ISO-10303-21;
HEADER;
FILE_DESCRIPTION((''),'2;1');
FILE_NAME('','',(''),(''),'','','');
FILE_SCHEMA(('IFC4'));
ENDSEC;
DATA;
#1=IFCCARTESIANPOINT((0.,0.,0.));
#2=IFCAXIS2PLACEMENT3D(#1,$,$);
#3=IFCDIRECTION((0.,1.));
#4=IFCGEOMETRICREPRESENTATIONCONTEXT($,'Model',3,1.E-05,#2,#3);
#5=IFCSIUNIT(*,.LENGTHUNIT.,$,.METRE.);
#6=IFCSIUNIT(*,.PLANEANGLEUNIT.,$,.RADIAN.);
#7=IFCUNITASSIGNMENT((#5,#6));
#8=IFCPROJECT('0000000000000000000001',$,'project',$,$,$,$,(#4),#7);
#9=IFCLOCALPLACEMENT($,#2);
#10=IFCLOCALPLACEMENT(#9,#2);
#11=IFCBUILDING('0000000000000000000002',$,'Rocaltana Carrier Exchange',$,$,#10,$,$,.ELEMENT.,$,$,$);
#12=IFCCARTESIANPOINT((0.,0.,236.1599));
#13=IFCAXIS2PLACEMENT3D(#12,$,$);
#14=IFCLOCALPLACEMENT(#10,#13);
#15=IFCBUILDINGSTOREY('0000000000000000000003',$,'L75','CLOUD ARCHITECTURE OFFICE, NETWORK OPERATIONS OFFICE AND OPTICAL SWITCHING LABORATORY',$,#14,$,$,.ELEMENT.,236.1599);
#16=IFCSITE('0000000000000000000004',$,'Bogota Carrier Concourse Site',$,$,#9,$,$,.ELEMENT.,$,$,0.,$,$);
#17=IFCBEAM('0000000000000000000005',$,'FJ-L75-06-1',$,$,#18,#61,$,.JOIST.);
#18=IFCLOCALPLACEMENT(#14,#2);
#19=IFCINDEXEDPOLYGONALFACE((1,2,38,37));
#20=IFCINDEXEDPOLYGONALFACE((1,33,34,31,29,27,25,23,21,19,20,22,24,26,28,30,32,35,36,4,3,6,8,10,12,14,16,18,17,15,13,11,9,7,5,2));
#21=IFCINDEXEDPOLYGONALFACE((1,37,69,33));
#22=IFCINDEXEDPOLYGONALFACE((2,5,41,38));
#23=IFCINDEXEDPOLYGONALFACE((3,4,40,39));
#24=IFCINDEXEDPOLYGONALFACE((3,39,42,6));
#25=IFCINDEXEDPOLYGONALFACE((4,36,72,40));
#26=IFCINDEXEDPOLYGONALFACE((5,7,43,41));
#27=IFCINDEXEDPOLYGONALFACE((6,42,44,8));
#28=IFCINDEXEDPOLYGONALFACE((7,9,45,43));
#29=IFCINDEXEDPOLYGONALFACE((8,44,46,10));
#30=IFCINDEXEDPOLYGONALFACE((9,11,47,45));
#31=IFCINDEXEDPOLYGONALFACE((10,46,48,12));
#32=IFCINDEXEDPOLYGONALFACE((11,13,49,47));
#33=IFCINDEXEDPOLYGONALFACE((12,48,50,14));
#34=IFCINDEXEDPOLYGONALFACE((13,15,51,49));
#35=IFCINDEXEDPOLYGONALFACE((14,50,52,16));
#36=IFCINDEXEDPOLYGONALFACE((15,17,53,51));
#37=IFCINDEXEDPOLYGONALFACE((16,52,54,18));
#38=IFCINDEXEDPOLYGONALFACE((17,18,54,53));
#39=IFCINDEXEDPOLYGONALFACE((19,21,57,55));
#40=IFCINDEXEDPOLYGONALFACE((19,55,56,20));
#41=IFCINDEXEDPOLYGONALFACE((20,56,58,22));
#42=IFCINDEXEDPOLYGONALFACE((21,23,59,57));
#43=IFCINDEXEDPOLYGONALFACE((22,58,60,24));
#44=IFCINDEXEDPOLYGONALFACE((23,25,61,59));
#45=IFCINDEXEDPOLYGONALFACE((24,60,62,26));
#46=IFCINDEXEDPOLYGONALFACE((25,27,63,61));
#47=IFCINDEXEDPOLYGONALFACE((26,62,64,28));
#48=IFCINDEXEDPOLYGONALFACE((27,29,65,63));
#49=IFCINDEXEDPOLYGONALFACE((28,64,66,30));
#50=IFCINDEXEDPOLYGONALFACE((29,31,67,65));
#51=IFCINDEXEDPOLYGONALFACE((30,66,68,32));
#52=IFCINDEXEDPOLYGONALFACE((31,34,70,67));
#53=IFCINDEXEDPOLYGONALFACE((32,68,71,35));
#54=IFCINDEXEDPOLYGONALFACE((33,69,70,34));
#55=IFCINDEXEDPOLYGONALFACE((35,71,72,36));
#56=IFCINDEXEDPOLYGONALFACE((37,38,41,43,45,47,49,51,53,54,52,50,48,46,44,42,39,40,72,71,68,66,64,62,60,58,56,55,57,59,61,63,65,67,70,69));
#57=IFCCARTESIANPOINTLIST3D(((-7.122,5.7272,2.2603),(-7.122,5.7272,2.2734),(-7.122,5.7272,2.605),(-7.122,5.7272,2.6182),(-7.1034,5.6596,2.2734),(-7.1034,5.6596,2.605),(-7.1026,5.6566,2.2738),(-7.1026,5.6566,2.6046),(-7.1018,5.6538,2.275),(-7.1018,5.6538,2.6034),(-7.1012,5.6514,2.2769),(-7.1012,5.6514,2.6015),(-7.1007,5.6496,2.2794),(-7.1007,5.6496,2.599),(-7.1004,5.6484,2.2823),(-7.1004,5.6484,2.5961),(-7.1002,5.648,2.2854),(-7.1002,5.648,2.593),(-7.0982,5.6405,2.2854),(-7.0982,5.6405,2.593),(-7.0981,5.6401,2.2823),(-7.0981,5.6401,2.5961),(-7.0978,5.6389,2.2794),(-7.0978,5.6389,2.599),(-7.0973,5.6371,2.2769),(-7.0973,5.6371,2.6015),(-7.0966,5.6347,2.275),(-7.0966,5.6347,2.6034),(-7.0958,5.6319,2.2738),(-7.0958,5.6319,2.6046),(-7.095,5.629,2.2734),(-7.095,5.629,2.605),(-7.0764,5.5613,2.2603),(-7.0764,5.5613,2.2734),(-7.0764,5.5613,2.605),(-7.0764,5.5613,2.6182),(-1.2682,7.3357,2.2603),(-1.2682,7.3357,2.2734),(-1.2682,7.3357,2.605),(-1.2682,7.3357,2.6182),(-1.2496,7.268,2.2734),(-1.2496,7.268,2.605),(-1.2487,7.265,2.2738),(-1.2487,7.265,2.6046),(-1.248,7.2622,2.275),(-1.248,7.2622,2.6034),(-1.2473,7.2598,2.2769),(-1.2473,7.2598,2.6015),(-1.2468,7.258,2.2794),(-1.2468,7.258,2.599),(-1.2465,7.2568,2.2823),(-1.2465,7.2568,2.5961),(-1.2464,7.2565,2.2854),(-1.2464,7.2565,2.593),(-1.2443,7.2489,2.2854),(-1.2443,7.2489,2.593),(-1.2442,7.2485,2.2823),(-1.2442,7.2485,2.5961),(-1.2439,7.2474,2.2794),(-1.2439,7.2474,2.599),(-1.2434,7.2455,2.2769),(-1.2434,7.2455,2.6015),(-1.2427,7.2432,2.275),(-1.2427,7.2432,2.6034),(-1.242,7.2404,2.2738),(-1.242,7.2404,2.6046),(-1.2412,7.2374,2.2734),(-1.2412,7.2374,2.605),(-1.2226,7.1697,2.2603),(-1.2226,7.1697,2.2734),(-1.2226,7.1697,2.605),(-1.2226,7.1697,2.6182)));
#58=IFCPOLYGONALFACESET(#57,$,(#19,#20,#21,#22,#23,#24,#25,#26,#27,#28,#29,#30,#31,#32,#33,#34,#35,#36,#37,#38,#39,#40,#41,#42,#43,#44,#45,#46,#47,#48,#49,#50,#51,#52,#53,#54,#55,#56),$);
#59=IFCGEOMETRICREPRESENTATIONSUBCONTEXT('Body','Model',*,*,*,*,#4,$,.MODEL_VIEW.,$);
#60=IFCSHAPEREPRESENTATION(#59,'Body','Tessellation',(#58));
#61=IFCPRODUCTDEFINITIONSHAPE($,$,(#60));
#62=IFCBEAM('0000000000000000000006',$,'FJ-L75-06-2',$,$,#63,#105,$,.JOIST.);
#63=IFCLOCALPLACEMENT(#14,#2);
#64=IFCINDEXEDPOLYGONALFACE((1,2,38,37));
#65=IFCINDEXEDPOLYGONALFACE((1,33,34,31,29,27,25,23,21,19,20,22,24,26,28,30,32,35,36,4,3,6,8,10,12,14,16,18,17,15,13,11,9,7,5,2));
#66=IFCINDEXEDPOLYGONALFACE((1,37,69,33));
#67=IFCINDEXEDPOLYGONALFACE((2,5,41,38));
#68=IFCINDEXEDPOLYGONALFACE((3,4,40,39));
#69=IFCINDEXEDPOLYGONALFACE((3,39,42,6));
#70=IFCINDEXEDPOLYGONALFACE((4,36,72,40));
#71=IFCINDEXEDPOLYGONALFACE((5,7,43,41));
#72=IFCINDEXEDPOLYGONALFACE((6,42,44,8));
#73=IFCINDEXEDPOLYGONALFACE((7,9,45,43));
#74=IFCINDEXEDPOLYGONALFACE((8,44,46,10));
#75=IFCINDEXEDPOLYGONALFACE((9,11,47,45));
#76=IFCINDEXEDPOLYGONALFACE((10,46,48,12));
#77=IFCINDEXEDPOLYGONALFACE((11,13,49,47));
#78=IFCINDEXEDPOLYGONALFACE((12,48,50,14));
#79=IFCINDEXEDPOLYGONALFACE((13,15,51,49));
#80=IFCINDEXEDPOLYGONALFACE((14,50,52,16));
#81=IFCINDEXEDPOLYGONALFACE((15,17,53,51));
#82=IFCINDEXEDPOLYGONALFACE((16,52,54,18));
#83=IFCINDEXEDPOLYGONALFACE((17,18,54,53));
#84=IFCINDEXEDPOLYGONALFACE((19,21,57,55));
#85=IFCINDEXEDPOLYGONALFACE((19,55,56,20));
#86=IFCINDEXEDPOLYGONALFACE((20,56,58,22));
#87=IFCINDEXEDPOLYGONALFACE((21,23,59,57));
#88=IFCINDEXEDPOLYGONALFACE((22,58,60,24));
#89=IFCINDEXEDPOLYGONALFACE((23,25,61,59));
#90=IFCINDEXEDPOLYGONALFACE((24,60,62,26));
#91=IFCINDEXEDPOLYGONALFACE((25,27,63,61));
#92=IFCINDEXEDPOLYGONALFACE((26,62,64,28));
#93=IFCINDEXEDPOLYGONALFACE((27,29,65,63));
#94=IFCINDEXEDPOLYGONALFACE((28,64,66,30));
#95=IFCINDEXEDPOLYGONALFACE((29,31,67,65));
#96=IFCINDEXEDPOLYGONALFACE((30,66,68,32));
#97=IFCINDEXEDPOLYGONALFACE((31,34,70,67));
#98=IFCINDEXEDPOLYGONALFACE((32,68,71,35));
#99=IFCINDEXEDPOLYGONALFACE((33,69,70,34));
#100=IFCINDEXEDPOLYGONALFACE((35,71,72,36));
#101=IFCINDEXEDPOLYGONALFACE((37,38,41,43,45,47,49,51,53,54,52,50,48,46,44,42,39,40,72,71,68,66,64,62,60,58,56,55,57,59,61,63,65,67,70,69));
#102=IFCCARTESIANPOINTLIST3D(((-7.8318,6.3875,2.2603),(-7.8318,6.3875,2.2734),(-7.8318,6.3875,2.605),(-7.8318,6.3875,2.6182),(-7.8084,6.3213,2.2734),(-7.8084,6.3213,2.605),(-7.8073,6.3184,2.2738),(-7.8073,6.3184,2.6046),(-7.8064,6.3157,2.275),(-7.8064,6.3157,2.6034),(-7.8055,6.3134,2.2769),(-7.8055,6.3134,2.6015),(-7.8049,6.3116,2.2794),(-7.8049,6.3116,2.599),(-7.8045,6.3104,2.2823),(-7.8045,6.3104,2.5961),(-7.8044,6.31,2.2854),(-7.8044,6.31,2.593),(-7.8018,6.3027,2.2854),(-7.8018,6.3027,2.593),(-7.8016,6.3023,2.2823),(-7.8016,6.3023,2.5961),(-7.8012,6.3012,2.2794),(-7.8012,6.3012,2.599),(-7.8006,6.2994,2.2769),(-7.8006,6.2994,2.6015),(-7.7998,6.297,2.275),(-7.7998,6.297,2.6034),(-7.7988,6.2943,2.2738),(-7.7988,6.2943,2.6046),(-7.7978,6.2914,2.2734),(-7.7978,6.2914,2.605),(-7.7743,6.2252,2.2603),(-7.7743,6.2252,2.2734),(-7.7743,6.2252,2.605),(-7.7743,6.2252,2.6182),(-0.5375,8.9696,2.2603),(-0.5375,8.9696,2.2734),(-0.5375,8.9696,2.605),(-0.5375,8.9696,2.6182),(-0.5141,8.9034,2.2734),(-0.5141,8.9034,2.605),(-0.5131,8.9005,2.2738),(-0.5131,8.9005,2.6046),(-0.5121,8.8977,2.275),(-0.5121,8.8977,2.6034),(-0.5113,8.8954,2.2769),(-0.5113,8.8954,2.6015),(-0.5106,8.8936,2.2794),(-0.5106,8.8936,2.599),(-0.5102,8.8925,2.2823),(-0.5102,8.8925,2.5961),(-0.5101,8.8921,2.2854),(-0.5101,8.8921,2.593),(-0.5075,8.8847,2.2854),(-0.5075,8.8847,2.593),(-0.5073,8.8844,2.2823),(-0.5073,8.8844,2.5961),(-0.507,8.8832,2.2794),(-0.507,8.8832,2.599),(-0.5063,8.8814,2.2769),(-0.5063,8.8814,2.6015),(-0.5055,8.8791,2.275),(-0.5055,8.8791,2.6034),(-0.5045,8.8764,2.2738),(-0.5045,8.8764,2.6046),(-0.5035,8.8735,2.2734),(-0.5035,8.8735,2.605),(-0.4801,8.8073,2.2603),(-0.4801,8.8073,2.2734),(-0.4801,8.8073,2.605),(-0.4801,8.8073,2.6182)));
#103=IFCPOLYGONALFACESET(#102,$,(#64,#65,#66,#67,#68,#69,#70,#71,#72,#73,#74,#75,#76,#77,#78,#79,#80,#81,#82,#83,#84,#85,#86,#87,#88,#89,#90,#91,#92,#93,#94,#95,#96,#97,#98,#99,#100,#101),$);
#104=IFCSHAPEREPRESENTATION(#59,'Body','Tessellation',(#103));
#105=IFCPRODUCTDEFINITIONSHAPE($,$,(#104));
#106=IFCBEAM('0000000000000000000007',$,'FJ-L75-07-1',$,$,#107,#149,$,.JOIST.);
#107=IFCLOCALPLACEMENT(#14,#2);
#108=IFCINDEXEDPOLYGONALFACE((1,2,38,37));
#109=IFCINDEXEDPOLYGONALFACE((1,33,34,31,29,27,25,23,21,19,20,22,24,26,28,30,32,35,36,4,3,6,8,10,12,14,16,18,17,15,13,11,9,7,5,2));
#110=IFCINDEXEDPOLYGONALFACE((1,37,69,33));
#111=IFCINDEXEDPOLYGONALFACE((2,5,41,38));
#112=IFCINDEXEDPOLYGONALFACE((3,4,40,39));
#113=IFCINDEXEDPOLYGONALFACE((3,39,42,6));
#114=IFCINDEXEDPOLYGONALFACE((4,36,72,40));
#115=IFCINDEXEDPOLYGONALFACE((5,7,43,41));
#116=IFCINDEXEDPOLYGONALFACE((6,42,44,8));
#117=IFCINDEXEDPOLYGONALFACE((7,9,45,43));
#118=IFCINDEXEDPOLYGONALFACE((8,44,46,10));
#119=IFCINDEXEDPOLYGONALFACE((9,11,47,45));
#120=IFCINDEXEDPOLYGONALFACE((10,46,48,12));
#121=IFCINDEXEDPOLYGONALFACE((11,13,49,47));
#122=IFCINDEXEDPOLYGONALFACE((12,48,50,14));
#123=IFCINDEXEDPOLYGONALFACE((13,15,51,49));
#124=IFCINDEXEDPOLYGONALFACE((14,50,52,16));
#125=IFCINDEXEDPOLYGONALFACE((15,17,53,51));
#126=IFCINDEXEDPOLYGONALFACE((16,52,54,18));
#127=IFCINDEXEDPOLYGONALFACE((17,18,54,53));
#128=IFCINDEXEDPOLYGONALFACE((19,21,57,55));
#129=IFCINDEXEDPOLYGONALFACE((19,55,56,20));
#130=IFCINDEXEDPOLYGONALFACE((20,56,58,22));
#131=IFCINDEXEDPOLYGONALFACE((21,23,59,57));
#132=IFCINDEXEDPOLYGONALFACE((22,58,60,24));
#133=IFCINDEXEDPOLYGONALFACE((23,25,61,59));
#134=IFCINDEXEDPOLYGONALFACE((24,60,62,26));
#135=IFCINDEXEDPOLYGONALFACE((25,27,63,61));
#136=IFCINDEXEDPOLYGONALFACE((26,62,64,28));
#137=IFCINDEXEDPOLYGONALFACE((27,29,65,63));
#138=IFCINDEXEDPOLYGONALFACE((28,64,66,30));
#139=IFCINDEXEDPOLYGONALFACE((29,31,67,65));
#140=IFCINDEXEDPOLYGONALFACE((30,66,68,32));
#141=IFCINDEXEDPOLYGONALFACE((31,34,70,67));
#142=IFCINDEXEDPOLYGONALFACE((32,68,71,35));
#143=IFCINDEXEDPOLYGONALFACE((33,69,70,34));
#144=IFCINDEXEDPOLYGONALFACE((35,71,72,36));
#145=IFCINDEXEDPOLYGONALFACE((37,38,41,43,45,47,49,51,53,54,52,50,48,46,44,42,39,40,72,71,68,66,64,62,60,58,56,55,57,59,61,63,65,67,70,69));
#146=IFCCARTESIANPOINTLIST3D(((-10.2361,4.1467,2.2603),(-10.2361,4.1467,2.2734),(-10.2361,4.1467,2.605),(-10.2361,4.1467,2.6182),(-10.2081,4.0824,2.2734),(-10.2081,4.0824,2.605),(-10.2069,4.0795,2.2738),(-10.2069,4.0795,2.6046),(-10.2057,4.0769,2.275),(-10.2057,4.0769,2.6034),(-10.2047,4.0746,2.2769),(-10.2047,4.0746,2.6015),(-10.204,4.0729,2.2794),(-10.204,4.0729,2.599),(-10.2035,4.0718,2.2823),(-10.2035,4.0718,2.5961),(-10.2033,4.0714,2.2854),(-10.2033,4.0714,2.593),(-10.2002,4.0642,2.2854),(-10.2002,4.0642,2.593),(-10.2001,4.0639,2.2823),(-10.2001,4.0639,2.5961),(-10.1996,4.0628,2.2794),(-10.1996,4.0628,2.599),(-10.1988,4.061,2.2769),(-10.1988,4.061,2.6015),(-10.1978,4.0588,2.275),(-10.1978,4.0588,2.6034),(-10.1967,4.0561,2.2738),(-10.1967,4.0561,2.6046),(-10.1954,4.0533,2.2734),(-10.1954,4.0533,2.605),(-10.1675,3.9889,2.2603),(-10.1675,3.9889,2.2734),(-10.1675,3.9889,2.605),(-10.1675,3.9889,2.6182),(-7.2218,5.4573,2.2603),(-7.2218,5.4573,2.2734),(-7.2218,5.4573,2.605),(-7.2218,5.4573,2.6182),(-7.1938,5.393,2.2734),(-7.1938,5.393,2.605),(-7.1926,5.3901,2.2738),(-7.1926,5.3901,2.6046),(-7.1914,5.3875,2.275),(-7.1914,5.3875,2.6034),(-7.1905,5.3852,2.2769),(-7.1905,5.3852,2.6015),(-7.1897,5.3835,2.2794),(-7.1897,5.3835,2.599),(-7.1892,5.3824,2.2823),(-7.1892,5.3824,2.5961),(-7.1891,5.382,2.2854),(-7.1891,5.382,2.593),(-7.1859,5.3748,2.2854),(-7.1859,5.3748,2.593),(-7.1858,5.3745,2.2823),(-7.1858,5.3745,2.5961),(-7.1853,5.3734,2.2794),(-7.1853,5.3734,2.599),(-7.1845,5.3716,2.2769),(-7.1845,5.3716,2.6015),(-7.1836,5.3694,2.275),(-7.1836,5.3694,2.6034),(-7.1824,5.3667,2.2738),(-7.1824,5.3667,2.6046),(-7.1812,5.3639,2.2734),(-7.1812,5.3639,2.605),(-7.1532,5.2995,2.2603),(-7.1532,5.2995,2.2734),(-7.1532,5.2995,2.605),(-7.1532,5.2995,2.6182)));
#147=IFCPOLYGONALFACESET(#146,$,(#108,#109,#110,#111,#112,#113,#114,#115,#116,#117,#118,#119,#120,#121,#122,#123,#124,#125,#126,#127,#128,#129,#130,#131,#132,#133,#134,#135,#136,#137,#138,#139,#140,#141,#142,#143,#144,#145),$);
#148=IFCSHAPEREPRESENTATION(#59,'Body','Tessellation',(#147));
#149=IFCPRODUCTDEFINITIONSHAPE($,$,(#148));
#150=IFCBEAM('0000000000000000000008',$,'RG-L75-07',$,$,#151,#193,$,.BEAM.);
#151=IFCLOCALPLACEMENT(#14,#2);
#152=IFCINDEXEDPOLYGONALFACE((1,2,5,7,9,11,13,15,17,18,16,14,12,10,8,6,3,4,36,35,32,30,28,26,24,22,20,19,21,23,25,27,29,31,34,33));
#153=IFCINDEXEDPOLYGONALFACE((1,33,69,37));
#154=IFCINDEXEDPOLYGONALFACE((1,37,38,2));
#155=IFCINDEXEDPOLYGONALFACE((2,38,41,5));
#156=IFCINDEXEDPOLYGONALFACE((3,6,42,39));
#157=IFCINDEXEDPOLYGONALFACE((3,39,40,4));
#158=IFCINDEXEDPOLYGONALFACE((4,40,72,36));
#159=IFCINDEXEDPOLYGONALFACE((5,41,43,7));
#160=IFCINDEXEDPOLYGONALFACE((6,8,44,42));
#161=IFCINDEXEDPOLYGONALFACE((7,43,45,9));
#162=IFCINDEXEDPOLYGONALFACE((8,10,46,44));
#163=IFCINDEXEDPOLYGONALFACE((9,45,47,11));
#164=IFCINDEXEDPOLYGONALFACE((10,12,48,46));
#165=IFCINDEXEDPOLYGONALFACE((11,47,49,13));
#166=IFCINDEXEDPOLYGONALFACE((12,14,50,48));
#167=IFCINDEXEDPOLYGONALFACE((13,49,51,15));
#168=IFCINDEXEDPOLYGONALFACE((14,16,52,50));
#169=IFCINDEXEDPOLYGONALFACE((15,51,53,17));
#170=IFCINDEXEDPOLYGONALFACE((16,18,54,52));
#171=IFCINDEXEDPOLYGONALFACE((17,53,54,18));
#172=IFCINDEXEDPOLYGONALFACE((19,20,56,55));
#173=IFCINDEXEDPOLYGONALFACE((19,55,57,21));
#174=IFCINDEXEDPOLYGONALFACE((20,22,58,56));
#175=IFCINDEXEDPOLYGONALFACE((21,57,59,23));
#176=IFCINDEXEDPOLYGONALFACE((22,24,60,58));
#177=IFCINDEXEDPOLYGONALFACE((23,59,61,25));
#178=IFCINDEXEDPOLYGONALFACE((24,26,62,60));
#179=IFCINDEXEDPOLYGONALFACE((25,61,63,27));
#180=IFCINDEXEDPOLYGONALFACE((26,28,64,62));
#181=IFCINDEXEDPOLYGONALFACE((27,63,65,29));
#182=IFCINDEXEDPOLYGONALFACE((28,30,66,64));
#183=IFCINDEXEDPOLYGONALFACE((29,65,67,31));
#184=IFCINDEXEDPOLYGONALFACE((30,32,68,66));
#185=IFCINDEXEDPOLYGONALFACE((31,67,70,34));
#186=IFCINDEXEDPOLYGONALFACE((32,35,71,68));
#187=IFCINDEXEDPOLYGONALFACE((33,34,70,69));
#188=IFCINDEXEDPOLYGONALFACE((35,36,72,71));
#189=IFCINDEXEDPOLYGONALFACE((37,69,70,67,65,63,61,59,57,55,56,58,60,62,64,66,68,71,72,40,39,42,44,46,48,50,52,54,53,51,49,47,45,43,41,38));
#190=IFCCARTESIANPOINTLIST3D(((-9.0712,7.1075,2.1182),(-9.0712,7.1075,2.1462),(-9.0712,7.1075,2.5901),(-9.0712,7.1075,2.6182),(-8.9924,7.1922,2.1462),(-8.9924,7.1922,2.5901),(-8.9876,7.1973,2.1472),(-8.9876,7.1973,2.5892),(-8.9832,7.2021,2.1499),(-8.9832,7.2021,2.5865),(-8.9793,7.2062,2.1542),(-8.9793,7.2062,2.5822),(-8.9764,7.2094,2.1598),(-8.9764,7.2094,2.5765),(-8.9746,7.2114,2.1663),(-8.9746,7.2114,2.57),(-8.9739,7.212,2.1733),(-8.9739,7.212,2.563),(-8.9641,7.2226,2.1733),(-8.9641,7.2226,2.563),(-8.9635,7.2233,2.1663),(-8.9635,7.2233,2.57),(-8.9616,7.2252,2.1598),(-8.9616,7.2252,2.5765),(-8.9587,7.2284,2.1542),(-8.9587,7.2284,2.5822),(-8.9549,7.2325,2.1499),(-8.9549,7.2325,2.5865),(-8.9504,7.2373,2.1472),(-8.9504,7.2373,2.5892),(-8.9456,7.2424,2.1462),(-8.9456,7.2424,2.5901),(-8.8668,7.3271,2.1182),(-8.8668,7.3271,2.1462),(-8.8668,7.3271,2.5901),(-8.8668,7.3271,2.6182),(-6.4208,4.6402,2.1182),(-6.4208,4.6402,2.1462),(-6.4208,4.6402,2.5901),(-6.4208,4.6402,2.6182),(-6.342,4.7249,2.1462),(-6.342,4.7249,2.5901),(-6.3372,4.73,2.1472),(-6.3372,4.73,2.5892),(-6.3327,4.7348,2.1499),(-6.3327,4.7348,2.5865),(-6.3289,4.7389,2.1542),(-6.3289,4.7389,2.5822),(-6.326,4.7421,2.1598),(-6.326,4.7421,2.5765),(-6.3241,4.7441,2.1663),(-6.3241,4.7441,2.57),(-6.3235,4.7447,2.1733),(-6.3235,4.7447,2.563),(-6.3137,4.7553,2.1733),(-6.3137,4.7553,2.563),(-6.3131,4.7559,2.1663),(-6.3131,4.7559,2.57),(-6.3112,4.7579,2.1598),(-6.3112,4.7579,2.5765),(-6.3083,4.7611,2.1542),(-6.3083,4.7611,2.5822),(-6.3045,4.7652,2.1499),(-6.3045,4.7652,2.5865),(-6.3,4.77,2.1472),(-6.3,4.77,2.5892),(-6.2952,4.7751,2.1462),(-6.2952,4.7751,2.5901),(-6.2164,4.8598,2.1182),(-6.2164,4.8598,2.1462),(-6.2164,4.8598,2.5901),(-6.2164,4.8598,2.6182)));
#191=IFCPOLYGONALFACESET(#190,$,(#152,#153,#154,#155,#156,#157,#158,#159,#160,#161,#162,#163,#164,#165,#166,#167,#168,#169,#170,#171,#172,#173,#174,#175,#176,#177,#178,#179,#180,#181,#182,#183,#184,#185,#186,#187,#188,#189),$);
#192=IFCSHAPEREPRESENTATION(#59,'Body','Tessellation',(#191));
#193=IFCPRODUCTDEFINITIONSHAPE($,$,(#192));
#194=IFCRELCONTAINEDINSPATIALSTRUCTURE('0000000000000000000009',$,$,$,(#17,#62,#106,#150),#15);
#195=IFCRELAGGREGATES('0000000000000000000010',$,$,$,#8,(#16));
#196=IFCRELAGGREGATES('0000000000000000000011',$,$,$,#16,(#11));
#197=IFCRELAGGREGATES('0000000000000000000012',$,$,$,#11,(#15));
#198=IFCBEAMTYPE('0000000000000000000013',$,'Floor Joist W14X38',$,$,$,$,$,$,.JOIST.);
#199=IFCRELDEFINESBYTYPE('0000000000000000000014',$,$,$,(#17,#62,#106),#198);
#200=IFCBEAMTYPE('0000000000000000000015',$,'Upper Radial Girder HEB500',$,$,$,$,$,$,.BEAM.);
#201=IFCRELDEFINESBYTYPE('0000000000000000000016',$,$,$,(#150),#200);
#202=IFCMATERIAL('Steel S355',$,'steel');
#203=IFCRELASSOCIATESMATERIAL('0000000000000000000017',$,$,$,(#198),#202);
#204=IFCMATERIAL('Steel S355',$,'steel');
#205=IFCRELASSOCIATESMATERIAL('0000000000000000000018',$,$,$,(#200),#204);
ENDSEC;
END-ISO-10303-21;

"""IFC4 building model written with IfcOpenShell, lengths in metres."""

from ifc_helpers import new_model, si_unit, direction, frame, origin, origin_2d, place, context, subcontext, project, spatial, i_section, extrude, material, material_profile, profile_set, type_object, element, save


model = new_model("IFC4")

# Units and contexts
model_context = context("Model", 3, precision=1e-05, world=origin(), true_north=direction((0.0, 1.0)))
body_context = subcontext(model_context, "Body", "Model", "MODEL_VIEW")
ifc_project = project(units=[si_unit("LENGTHUNIT", "METRE"), si_unit("PLANEANGLEUNIT", "RADIAN")], contexts=[model_context])

# Site, building, storey
site_placement = place(None, origin())
site = spatial("IfcSite", under=ifc_project, at=site_placement, Name="Bogota Carrier Concourse Site", CompositionType="ELEMENT", RefElevation=0.0)
building_placement = place(site_placement, origin())
building = spatial("IfcBuilding", under=site, at=building_placement, Name="Rocaltana Carrier Exchange", CompositionType="ELEMENT")
storey_placement = place(building_placement, frame((0.0, 0.0, 236.1599)))
storey = spatial("IfcBuildingStorey", under=building, at=storey_placement, Name="L75", Description="CLOUD ARCHITECTURE OFFICE, NETWORK OPERATIONS OFFICE AND OPTICAL SWITCHING LABORATORY", CompositionType="ELEMENT", Elevation=236.1599)

# Beams
ifc_material_1 = material(Name="Steel S355", Category="steel")
ifc_material_profile_1 = material_profile(ifc_material_1, i_section(OverallWidth=0.1721, OverallDepth=0.3579, WebThickness=0.0078, FlangeThickness=0.0132, FilletRadius=0.012, at=origin_2d()), Name="W14X38")
ifc_profile_set_1 = profile_set([ifc_material_profile_1], Name="Steel S355")
beam_type_1 = type_object("IfcBeamType", Name="Floor Joist W14X38", PredefinedType="JOIST", material=ifc_profile_set_1)
beam_1_placement = place(storey_placement, frame((-1.2454, 7.2527, 2.4392), z_axis=(-0.964264, -0.264944, 0.0), x_axis=(0.264944, -0.964264, 0.0)))
element("IfcBeam", 1, at=beam_1_placement, inside=storey, type_object=beam_type_1, Name="FJ-L75-06-1", PredefinedType="JOIST", context=body_context, shape_type="SweptSolid", body=[
    extrude(i_section(OverallWidth=0.1721, OverallDepth=0.3579, WebThickness=0.0078, FlangeThickness=0.0132, FilletRadius=0.012, at=origin_2d()), origin(), (0.0, 0.0, 1.0), 6.0708),
])
beam_2_placement = place(storey_placement, frame((-0.5088, 8.8884, 2.4392), z_axis=(-0.942681, -0.333695, 0.0), x_axis=(0.333695, -0.942681, 0.0)))
element("IfcBeam", 2, at=beam_2_placement, inside=storey, type_object=beam_type_1, Name="FJ-L75-06-2", PredefinedType="JOIST", context=body_context, shape_type="SweptSolid", body=[
    extrude(i_section(OverallWidth=0.1721, OverallDepth=0.3579, WebThickness=0.0078, FlangeThickness=0.0132, FilletRadius=0.012, at=origin_2d()), origin(), (0.0, 0.0, 1.0), 7.7378),
])
beam_3_placement = place(storey_placement, frame((-7.1875, 5.3784, 2.4392), z_axis=(-0.917065, -0.398737, 0.0), x_axis=(0.398737, -0.917065, 0.0)))
element("IfcBeam", 3, at=beam_3_placement, inside=storey, type_object=beam_type_1, Name="FJ-L75-07-1", PredefinedType="JOIST", context=body_context, shape_type="SweptSolid", body=[
    extrude(i_section(OverallWidth=0.1721, OverallDepth=0.3579, WebThickness=0.0078, FlangeThickness=0.0132, FilletRadius=0.012, at=origin_2d()), origin(), (0.0, 0.0, 1.0), 3.2869),
])
ifc_material_2 = material(Name="Steel S355", Category="steel")
ifc_material_profile_2 = material_profile(ifc_material_2, i_section(OverallWidth=0.3, OverallDepth=0.5, WebThickness=0.0144, FlangeThickness=0.0281, FilletRadius=0.0271, at=origin_2d()), Name="HEB500")
ifc_profile_set_2 = profile_set([ifc_material_profile_2], Name="Steel S355")
beam_type_2 = type_object("IfcBeamType", Name="Upper Radial Girder HEB500", PredefinedType="BEAM", material=ifc_profile_set_2)
beam_4_placement = place(storey_placement, frame((-6.3186, 4.75, 2.3682), z_axis=(-0.731938, 0.681371, 0.0), x_axis=(-0.681371, -0.731938, 0.0)))
element("IfcBeam", 4, at=beam_4_placement, inside=storey, type_object=beam_type_2, Name="RG-L75-07", PredefinedType="BEAM", context=body_context, shape_type="SweptSolid", body=[
    extrude(i_section(OverallWidth=0.3, OverallDepth=0.5, WebThickness=0.0144, FlangeThickness=0.0281, FilletRadius=0.0271, at=origin_2d()), origin(), (0.0, 0.0, 1.0), 3.6211),
])

save(model, "model.ifc")
